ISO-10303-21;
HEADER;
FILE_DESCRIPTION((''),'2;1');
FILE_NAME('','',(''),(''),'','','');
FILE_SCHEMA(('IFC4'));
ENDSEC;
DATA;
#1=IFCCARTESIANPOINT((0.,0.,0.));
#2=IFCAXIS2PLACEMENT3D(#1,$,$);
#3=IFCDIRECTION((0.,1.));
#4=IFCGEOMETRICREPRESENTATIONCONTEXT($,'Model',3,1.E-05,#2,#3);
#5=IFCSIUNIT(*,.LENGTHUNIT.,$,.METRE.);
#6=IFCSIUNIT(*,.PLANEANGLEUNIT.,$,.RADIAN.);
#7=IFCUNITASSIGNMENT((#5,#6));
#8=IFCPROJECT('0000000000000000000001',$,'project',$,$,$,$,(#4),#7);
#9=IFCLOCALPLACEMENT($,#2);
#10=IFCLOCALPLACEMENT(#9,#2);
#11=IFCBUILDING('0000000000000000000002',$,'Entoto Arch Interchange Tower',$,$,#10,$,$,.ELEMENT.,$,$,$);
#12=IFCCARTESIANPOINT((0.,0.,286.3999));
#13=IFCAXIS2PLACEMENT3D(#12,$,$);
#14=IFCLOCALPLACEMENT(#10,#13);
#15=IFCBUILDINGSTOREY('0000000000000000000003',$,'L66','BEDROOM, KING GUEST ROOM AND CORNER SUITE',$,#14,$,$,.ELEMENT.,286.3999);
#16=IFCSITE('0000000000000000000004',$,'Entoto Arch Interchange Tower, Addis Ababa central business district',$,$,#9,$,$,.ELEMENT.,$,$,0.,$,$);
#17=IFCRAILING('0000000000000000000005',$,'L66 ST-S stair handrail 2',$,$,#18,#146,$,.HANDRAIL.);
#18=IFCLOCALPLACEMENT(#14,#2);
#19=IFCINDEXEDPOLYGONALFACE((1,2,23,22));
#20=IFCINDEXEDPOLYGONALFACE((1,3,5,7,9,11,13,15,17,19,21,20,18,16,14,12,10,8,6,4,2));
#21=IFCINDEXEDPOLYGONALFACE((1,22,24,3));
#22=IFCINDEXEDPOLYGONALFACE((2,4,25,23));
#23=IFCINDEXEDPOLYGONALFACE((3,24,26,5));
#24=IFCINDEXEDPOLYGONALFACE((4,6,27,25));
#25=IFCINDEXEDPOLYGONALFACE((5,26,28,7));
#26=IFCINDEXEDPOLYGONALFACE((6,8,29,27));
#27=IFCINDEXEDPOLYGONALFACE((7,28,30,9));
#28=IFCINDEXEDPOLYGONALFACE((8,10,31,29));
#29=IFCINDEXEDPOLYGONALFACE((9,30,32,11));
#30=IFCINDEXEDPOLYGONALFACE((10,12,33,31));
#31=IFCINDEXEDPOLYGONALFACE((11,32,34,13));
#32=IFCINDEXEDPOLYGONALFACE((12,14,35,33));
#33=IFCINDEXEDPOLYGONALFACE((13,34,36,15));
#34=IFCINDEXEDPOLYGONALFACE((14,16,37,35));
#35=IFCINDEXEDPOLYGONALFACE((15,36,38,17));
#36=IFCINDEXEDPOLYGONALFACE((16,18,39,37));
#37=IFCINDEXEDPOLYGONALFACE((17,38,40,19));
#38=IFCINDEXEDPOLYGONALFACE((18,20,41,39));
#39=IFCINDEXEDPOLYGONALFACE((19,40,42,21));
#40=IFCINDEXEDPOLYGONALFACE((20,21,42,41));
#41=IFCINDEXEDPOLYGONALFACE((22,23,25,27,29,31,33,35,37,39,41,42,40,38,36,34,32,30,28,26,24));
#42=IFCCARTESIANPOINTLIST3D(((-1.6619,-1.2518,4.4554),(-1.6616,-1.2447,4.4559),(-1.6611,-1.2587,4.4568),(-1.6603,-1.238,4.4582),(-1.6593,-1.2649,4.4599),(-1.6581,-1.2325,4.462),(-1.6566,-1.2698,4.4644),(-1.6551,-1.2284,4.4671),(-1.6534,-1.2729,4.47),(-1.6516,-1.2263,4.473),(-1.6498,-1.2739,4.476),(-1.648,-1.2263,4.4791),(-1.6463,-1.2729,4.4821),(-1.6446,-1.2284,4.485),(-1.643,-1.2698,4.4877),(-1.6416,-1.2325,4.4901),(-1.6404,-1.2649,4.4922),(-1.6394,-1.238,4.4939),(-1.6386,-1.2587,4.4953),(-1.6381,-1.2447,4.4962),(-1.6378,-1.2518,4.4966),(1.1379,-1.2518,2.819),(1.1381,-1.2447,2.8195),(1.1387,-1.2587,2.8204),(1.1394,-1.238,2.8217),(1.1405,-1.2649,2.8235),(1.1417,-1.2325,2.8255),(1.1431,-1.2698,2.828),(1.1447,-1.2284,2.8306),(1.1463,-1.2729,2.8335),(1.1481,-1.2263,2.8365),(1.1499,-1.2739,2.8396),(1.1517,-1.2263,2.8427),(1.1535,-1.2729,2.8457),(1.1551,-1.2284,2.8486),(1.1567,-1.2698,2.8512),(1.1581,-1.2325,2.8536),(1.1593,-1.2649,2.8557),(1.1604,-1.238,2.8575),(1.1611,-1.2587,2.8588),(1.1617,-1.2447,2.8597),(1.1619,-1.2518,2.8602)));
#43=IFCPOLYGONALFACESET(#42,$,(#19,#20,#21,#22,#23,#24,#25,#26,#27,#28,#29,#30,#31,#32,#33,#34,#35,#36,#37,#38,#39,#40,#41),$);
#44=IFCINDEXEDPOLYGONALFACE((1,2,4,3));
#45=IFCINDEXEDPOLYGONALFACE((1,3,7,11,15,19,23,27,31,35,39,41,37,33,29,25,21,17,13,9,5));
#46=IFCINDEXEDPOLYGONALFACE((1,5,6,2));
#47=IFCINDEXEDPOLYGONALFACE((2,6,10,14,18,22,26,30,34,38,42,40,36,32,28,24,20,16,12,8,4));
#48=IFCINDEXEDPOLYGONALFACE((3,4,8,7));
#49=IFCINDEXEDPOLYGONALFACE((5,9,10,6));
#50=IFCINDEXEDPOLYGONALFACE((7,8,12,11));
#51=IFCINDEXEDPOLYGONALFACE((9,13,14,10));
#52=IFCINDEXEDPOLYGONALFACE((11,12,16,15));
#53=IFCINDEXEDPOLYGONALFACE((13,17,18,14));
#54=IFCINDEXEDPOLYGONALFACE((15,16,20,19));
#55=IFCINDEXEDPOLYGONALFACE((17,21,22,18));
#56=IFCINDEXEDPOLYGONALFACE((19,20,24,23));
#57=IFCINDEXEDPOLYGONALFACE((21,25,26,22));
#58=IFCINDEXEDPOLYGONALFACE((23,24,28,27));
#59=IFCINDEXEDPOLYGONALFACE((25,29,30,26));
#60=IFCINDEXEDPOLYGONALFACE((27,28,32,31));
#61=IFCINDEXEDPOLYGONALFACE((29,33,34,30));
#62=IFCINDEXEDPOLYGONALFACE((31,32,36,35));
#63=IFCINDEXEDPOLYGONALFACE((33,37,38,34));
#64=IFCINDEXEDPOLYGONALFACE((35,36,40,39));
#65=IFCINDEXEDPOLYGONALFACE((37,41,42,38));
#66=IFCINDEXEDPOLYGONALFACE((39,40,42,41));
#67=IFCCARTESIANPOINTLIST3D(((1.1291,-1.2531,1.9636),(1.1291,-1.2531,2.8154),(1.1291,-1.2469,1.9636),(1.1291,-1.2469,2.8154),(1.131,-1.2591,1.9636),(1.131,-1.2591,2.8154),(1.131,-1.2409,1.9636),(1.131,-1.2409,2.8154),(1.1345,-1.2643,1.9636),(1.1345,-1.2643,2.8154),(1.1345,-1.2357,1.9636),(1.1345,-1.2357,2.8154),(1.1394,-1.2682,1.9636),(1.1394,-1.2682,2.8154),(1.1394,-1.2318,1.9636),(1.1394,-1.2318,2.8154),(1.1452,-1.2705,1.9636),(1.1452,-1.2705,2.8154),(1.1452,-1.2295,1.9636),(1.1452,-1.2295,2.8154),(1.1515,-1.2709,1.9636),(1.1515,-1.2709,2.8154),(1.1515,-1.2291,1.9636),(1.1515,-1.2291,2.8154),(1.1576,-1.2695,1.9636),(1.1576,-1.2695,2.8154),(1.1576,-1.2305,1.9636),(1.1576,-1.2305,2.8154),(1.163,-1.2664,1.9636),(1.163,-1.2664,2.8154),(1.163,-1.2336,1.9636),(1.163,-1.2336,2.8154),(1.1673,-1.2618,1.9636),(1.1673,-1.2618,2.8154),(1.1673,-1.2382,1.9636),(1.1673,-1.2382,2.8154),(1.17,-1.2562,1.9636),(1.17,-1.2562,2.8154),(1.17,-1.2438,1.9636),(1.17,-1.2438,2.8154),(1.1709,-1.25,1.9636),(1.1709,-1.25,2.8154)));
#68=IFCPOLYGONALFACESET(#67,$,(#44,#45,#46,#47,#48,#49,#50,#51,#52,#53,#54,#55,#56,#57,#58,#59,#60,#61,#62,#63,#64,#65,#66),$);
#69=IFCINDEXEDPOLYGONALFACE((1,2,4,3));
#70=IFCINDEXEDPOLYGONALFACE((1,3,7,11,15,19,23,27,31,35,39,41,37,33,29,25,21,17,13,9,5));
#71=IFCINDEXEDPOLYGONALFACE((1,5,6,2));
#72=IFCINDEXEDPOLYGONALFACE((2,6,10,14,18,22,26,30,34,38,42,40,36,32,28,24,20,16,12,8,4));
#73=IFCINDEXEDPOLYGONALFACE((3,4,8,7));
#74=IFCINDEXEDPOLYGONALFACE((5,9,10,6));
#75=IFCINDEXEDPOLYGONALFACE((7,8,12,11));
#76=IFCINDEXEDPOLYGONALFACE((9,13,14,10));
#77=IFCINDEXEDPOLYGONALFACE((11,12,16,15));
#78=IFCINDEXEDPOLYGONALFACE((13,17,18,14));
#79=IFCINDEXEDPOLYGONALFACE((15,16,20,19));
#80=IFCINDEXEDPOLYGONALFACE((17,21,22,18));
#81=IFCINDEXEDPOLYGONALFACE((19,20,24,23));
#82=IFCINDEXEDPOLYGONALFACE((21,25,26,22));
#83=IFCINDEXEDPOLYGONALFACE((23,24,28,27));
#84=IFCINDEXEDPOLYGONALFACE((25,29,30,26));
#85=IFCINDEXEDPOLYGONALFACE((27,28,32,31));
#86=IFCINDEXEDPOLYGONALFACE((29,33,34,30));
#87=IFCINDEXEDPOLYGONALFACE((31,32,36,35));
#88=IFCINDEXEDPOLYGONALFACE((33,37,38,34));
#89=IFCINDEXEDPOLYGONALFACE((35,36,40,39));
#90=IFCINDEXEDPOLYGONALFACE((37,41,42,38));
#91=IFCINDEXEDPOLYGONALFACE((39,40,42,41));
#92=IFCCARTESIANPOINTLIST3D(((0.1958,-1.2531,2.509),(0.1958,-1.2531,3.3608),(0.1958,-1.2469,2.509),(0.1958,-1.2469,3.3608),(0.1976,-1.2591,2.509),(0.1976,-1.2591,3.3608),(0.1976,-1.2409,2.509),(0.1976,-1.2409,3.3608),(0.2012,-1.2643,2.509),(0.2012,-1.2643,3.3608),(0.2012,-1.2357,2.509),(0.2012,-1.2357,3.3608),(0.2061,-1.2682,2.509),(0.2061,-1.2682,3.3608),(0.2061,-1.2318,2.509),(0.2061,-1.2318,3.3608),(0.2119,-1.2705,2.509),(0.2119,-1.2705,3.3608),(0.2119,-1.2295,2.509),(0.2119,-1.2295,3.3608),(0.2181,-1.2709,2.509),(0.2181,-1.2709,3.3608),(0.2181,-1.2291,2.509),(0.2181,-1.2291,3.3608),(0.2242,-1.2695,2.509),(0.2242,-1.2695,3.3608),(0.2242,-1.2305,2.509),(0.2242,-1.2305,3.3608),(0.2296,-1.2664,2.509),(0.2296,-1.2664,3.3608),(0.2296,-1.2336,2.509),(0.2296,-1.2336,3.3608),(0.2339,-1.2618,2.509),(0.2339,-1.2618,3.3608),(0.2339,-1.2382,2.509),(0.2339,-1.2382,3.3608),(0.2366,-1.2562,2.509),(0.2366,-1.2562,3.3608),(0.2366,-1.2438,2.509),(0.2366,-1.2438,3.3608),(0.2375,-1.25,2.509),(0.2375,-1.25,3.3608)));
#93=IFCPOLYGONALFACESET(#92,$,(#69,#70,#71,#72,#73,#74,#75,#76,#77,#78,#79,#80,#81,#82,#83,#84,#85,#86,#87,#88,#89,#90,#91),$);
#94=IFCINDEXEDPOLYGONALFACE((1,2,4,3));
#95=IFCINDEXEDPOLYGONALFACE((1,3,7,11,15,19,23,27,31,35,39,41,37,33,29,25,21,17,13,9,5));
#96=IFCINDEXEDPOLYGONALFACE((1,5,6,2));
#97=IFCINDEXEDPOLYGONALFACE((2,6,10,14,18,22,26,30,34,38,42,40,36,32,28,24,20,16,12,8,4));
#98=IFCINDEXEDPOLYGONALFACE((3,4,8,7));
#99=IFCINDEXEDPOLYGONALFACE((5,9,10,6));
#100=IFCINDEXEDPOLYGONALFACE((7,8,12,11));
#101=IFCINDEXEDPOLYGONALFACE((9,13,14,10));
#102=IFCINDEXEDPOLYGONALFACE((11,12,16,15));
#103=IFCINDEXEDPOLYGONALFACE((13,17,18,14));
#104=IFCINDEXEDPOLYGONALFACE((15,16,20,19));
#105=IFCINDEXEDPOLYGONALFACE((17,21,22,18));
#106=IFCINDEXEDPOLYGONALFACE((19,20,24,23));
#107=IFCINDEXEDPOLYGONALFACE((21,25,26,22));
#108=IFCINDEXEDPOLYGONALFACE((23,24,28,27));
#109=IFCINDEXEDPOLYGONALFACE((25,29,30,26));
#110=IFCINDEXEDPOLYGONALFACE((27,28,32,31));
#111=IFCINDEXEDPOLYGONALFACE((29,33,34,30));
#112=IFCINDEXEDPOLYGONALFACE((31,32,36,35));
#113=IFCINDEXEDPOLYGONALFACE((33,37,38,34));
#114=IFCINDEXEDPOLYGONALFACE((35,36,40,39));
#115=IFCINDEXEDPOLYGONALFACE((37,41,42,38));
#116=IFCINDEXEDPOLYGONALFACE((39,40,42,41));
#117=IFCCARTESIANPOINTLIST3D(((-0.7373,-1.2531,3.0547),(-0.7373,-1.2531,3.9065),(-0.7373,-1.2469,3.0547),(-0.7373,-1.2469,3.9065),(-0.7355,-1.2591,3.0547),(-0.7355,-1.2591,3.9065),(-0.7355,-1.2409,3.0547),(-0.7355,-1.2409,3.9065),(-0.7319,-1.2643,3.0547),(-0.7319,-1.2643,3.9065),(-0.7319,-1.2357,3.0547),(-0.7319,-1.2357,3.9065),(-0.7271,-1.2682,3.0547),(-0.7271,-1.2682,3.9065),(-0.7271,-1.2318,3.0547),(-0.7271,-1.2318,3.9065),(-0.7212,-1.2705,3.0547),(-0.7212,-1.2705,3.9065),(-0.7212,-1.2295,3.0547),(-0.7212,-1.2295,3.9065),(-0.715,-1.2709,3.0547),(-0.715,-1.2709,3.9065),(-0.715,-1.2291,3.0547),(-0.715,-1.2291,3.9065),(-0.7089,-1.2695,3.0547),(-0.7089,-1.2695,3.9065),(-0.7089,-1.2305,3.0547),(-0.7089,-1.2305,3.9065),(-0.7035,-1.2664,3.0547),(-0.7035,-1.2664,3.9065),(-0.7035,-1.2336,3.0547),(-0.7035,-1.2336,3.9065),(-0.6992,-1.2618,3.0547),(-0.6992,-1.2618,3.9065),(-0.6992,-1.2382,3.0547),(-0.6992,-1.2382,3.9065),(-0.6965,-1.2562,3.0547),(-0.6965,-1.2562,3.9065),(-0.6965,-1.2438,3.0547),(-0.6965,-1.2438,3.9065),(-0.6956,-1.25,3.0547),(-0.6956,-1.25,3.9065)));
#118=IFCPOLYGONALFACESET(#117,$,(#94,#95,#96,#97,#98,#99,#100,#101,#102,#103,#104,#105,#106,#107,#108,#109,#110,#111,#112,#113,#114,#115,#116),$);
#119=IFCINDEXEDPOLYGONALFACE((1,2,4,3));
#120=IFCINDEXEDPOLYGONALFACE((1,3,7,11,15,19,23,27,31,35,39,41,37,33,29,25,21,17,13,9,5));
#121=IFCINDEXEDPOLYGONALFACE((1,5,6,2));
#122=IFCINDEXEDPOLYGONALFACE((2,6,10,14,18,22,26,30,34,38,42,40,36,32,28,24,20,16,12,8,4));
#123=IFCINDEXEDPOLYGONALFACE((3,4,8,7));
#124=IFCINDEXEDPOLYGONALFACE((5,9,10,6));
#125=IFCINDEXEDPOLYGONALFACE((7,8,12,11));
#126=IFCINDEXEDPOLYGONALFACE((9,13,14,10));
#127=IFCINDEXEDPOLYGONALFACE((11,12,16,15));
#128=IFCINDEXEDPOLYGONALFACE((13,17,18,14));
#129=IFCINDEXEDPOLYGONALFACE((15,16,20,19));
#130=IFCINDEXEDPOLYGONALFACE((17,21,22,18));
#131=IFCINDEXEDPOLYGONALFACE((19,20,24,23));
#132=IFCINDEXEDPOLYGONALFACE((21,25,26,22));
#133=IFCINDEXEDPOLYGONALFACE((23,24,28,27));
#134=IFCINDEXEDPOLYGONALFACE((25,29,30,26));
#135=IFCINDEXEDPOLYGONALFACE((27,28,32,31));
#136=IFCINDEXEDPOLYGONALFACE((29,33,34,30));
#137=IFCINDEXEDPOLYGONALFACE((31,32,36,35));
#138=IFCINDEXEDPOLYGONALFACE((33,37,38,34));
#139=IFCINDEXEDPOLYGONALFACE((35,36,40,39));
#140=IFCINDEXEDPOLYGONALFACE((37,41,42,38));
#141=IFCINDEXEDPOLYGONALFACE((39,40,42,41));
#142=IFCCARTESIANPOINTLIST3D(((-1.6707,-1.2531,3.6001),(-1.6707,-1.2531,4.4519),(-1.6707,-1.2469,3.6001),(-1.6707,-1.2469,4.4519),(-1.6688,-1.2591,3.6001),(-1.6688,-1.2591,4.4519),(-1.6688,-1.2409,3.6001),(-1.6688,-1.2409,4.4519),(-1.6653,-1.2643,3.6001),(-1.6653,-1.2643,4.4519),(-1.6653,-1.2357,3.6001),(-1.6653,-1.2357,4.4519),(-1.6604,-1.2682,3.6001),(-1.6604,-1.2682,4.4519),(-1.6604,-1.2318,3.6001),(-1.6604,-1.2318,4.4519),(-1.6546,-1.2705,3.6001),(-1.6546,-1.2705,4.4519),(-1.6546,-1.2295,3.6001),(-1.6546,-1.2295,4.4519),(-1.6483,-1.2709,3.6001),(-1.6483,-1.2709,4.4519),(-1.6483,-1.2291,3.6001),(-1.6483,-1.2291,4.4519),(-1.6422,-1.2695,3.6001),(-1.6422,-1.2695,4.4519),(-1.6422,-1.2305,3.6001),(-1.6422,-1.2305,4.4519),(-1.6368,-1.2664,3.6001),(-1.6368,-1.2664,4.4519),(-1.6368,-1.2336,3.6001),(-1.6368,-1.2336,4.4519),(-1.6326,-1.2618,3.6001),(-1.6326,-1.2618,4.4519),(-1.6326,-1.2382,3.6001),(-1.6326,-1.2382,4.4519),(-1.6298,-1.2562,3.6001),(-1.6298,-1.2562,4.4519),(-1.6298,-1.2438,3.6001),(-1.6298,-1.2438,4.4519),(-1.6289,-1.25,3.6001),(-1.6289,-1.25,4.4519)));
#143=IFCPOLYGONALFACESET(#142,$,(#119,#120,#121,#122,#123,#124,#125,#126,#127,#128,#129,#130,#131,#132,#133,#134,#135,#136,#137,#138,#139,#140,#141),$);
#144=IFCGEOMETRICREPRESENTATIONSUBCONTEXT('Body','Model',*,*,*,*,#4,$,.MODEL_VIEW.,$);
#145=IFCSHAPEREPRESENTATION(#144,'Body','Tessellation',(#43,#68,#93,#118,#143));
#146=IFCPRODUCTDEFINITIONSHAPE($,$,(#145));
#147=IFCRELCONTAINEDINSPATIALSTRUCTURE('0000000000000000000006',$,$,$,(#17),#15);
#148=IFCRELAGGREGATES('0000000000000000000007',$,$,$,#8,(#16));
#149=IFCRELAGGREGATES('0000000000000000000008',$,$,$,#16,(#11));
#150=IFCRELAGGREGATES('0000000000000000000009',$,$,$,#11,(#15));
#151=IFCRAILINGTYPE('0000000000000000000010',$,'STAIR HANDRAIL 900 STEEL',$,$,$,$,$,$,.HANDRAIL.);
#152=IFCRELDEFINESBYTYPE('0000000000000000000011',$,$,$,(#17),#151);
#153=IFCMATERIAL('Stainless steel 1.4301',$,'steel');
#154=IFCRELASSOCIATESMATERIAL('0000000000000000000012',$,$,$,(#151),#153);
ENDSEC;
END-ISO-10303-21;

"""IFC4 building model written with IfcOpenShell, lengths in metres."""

from ifc_helpers import new_model, si_unit, direction, frame, origin, origin_2d, place, context, subcontext, project, spatial, circle, extrude, material, type_object, element, save


model = new_model("IFC4")

# Units and contexts
model_context = context("Model", 3, precision=1e-05, world=origin(), true_north=direction((0.0, 1.0)))
body_context = subcontext(model_context, "Body", "Model", "MODEL_VIEW")
ifc_project = project(units=[si_unit("LENGTHUNIT", "METRE"), si_unit("PLANEANGLEUNIT", "RADIAN")], contexts=[model_context])

# Site, building, storey
site_placement = place(None, origin())
site = spatial("IfcSite", under=ifc_project, at=site_placement, Name="Entoto Arch Interchange Tower, Addis Ababa central business district", CompositionType="ELEMENT", RefElevation=0.0)
building_placement = place(site_placement, origin())
building = spatial("IfcBuilding", under=site, at=building_placement, Name="Entoto Arch Interchange Tower", CompositionType="ELEMENT")
storey_placement = place(building_placement, frame((0.0, 0.0, 286.3999)))
storey = spatial("IfcBuildingStorey", under=building, at=storey_placement, Name="L66", Description="BEDROOM, KING GUEST ROOM AND CORNER SUITE", CompositionType="ELEMENT", Elevation=286.3999)

# Railing
ifc_material_1 = material(Name="Stainless steel 1.4301", Category="steel")
railing_type_1 = type_object("IfcRailingType", Name="STAIR HANDRAIL 900 STEEL", PredefinedType="HANDRAIL", material=ifc_material_1)
railing_1_placement = place(storey_placement, frame((1.1499, -1.25, 1.9636)))
element("IfcRailing", 1, at=railing_1_placement, inside=storey, type_object=railing_type_1, Name="L66 ST-S stair handrail 2", PredefinedType="HANDRAIL", context=body_context, shape_type="SweptSolid", body=[
    extrude(circle(Radius=0.0239, at=origin_2d()), frame((0.0, 0.0, 0.876), z_axis=(-0.863342, 0.0, 0.50462), x_axis=(0.0, -1.0, 0.0)), (0.0, 0.0, 1.0), 3.2429),
    extrude(circle(Radius=0.021, at=origin_2d()), origin(), (0.0, 0.0, 1.0), 0.8518),
    extrude(circle(Radius=0.021, at=origin_2d()), frame((-0.9333, 0.0, 0.5454)), (0.0, 0.0, 1.0), 0.8518),
    extrude(circle(Radius=0.021, at=origin_2d()), frame((-1.8665, 0.0, 1.0911)), (0.0, 0.0, 1.0), 0.8518),
    extrude(circle(Radius=0.021, at=origin_2d()), frame((-2.7998, 0.0, 1.6365)), (0.0, 0.0, 1.0), 0.8518),
])

save(model, "model.ifc")
